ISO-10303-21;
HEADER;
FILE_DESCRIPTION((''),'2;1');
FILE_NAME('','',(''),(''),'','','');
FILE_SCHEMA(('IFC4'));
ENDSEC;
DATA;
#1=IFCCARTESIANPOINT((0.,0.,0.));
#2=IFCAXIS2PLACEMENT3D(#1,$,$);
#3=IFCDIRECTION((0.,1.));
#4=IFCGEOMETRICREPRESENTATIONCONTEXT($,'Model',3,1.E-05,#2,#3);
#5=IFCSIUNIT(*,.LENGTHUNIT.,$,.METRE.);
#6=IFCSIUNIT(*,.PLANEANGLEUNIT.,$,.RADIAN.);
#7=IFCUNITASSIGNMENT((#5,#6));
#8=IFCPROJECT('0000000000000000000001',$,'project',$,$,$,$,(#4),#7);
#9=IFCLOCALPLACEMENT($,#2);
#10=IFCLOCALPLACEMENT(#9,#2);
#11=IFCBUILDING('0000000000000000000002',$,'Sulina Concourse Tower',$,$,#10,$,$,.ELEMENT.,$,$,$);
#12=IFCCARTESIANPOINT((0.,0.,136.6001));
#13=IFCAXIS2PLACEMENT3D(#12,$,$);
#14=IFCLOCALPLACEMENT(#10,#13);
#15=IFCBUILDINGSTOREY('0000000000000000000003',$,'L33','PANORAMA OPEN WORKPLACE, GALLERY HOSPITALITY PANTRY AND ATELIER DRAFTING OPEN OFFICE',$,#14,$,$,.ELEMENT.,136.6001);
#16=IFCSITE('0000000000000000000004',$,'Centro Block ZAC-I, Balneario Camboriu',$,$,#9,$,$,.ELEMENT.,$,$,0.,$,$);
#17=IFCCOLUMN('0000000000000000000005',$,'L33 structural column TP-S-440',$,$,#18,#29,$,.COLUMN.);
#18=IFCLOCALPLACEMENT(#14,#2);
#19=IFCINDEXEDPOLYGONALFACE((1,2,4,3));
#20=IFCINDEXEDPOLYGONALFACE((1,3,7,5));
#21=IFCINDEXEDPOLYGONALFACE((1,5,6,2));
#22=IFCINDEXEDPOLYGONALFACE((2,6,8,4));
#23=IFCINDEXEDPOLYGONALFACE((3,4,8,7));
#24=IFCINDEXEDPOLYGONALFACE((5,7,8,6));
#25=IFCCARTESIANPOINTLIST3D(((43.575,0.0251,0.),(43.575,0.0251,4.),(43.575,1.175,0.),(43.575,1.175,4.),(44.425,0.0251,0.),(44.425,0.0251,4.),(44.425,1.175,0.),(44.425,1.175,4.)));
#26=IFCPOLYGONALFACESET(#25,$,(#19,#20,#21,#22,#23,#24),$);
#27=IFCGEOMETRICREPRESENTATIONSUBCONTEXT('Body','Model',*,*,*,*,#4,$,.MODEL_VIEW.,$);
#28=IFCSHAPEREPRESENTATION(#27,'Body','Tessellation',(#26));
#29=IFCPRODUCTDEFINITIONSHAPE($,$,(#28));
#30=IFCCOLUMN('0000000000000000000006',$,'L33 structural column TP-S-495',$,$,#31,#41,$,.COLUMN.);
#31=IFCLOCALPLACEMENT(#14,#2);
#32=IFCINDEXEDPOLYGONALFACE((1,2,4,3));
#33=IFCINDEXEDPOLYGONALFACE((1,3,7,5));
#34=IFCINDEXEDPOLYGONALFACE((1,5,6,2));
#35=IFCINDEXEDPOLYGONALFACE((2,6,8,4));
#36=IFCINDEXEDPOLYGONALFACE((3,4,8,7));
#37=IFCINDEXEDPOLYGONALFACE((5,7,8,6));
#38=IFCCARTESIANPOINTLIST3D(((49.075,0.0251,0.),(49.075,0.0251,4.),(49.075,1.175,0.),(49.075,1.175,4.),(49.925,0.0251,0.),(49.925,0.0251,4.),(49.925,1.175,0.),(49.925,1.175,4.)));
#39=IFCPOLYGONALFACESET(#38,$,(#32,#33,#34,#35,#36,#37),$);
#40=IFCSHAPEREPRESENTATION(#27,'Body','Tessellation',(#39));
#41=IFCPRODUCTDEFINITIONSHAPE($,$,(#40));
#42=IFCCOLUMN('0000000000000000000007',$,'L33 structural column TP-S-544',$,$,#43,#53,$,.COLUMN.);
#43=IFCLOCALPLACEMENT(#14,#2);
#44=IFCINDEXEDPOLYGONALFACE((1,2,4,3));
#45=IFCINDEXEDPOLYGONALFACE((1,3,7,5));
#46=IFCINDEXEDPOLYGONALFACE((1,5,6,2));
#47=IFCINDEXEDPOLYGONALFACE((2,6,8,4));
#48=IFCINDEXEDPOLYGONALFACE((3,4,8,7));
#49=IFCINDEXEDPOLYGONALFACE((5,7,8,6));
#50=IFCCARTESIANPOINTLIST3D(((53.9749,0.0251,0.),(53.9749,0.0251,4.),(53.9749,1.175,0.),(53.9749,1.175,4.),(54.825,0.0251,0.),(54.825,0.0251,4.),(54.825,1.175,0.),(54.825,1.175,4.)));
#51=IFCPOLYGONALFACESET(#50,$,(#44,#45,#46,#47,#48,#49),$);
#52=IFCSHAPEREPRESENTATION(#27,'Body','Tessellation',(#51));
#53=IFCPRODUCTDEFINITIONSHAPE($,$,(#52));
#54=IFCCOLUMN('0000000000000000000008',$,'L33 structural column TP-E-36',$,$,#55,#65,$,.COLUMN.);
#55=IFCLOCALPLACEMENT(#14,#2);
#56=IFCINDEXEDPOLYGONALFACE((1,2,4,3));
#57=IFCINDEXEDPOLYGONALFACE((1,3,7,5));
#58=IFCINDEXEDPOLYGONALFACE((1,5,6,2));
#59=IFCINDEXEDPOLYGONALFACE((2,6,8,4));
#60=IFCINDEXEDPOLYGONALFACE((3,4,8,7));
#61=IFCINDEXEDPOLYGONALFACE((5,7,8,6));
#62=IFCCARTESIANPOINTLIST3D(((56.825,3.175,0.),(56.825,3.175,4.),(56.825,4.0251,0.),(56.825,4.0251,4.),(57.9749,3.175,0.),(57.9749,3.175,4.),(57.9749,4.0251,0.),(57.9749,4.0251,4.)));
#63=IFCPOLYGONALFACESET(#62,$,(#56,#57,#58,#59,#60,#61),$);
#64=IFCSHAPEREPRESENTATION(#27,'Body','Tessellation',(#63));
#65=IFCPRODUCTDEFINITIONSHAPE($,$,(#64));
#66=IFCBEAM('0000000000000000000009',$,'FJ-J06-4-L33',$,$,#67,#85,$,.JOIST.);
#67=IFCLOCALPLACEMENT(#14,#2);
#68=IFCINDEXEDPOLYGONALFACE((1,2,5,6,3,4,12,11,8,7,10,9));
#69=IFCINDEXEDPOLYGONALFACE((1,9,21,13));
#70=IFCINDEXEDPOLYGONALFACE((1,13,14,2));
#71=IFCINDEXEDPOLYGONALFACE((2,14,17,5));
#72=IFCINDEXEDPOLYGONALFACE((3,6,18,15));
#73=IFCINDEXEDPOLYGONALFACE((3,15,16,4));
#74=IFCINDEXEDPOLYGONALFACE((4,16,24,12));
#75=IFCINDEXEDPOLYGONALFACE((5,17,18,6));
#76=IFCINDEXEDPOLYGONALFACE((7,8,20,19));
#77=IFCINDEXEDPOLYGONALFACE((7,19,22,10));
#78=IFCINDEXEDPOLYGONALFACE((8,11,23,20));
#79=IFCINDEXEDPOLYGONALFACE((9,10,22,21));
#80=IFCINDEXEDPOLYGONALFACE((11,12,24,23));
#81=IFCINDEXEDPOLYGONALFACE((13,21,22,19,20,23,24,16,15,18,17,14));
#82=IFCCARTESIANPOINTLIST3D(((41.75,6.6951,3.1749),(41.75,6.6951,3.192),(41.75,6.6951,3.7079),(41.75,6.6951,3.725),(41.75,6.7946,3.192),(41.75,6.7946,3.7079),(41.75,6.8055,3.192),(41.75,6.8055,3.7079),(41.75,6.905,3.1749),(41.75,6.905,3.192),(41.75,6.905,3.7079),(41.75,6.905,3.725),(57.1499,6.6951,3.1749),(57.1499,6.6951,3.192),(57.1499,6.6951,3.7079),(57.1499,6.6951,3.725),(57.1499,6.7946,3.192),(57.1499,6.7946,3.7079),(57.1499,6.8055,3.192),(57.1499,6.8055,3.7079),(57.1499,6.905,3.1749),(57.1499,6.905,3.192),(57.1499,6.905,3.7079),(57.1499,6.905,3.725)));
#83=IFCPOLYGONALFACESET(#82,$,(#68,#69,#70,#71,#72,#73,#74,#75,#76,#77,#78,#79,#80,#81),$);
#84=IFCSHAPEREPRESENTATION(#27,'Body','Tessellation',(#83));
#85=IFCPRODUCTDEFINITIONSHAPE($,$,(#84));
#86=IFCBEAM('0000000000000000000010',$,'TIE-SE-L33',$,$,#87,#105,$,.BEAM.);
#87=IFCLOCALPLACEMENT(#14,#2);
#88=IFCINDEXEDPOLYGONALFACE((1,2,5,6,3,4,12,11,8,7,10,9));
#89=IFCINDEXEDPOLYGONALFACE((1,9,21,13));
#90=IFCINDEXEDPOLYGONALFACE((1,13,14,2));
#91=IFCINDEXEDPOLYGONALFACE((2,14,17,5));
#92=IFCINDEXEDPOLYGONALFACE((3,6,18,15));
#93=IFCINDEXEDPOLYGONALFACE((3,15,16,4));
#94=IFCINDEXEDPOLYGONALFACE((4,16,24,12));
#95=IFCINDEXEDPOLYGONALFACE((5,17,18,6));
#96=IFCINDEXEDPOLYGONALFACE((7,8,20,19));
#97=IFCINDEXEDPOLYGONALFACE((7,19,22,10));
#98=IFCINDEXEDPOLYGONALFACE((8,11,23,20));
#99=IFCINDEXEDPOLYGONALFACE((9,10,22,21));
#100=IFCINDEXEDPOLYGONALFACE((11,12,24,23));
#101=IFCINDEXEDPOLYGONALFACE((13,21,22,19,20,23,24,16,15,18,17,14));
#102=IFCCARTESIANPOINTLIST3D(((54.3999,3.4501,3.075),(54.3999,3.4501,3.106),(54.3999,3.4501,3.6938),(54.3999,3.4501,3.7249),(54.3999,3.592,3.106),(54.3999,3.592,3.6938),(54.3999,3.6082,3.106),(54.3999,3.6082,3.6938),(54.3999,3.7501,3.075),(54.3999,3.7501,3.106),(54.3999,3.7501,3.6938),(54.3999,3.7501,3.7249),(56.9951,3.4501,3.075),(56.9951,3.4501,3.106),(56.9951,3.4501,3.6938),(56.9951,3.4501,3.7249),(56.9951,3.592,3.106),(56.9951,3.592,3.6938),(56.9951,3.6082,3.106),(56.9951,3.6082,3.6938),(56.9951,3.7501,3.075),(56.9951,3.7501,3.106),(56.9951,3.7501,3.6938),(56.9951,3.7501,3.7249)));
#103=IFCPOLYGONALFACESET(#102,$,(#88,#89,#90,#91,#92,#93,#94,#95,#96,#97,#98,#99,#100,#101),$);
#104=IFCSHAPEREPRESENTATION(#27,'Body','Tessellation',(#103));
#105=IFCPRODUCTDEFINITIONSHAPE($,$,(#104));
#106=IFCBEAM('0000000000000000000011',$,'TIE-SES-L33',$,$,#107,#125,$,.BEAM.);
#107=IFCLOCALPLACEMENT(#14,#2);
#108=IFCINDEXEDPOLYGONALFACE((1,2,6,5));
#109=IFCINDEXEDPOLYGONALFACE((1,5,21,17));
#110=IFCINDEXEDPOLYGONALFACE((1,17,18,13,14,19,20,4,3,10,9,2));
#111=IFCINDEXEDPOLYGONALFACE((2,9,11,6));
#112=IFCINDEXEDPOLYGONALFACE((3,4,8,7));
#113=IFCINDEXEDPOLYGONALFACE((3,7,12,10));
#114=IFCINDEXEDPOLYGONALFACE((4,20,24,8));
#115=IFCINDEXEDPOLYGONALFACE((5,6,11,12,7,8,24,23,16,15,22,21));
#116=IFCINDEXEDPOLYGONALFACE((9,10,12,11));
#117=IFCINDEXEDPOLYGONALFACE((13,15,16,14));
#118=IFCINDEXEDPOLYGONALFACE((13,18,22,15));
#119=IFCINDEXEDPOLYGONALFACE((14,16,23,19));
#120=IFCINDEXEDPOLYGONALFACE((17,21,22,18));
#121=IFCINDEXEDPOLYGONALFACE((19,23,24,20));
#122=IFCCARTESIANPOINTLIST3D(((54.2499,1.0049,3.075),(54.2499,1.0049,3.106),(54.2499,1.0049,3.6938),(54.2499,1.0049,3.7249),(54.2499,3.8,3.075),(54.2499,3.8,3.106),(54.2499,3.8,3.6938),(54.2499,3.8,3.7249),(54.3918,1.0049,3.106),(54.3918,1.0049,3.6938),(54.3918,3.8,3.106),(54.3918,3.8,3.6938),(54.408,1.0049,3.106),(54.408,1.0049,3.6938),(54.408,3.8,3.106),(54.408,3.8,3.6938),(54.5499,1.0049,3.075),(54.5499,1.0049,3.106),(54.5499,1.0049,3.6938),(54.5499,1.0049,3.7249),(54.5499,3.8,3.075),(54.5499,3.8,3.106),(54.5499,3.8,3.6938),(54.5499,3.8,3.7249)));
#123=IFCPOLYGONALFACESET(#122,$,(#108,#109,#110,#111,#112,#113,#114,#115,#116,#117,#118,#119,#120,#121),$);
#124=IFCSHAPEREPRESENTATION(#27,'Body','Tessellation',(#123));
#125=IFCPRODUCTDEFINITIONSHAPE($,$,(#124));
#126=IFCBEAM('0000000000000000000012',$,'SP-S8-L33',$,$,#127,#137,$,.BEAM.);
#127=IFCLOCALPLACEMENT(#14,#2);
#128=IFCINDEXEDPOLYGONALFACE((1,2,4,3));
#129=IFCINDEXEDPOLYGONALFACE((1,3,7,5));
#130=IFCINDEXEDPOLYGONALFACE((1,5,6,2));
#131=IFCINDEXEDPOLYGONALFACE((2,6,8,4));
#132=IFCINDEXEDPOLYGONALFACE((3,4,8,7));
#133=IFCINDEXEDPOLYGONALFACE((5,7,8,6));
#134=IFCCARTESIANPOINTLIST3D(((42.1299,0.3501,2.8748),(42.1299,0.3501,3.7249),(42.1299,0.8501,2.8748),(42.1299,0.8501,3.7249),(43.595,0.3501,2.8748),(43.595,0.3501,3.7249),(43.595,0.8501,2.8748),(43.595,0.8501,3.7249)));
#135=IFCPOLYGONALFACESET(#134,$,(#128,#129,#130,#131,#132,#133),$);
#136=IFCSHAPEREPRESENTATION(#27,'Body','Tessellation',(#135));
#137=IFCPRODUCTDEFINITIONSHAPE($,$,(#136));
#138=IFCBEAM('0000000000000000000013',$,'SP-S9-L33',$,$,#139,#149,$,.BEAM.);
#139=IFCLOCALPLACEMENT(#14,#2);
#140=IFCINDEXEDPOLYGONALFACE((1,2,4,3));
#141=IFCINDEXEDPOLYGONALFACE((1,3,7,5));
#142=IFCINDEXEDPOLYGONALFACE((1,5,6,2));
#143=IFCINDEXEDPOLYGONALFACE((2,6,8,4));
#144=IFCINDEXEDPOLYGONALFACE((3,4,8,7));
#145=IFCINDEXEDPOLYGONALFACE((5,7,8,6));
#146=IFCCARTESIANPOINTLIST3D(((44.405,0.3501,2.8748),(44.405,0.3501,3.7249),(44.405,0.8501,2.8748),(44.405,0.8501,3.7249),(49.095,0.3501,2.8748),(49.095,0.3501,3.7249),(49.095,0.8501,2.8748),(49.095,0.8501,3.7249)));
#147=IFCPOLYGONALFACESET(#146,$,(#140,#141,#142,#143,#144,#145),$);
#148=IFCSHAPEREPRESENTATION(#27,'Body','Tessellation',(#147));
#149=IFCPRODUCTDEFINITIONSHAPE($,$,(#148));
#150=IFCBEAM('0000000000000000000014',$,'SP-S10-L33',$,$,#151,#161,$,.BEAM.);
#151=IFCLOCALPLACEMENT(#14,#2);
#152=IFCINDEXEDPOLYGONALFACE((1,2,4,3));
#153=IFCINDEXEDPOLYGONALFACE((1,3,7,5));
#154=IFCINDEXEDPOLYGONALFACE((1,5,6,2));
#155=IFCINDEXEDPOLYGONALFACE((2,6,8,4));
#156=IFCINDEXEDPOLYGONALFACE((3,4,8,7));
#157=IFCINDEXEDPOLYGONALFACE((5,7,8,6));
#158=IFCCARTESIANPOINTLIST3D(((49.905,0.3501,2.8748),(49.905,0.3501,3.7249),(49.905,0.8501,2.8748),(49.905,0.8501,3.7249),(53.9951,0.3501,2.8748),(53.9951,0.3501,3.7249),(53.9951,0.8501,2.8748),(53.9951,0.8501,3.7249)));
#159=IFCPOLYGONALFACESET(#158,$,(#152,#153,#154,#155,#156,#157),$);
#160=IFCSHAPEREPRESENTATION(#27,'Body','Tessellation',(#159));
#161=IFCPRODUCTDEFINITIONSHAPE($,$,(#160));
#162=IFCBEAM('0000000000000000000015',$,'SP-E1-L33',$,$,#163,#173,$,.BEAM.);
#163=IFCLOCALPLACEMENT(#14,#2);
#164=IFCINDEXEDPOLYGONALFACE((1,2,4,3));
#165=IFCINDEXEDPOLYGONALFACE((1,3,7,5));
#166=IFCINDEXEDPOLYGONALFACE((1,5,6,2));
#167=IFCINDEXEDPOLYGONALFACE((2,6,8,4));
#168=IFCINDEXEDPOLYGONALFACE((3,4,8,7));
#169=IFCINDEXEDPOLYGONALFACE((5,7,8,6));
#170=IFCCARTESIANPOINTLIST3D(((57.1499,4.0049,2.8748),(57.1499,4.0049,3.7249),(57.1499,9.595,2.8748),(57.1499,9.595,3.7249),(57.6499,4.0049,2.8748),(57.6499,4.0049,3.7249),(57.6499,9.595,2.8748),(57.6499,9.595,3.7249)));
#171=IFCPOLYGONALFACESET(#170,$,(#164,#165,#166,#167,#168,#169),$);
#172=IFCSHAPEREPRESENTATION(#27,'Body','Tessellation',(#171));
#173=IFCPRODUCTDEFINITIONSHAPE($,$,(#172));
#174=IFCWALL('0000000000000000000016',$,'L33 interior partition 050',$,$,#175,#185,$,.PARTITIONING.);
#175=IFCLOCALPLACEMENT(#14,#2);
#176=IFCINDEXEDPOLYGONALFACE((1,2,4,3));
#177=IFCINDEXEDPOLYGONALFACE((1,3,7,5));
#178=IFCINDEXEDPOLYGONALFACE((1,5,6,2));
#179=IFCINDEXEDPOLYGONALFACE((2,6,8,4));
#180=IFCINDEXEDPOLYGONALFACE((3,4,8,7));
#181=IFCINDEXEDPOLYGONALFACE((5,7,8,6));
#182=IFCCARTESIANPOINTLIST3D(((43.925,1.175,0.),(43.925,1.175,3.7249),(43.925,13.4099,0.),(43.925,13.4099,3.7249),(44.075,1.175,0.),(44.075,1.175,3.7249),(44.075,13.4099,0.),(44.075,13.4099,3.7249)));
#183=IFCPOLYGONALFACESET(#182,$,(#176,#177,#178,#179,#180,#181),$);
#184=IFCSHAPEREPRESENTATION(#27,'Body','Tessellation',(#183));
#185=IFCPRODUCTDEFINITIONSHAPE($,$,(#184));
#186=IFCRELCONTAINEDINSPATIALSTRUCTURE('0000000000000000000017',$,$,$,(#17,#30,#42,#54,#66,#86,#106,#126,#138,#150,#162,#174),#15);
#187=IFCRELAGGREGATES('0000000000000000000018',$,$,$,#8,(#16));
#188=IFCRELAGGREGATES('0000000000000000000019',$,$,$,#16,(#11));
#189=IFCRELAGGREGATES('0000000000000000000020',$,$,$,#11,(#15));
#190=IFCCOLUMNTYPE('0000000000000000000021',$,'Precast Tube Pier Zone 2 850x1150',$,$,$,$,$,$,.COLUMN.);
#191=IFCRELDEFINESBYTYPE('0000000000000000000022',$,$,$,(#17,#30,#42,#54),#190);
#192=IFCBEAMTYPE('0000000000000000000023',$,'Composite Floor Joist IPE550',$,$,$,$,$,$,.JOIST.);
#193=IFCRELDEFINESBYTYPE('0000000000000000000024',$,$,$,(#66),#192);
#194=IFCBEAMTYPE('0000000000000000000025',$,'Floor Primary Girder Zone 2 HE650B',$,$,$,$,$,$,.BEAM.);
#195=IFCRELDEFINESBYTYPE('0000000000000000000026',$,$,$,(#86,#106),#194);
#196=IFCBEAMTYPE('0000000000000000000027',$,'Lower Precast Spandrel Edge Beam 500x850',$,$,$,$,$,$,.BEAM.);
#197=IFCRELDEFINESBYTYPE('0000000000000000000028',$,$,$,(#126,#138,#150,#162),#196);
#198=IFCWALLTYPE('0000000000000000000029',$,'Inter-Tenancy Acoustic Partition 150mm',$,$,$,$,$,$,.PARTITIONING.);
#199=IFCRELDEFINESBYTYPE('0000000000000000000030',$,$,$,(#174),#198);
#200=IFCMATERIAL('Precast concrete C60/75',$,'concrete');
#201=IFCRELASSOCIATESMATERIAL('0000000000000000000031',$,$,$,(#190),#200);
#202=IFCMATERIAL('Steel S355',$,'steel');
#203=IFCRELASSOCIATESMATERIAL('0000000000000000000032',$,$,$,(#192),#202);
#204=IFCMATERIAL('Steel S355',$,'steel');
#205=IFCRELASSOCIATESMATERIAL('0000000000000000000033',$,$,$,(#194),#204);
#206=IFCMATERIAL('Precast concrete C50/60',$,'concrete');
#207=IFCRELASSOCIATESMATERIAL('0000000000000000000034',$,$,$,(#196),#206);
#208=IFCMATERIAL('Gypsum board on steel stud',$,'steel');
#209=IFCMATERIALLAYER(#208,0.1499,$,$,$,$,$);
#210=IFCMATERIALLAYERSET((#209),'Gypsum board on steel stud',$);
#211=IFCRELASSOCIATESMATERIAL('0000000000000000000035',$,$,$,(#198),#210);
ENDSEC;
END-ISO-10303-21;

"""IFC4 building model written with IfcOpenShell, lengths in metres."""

from ifc_helpers import new_model, si_unit, direction, frame, frame_2d, origin, origin_2d, place, context, subcontext, project, spatial, rectangle, i_section, extrude, material, layer, layer_set, material_profile, profile_set, type_object, element, save


model = new_model("IFC4")

# Units and contexts
model_context = context("Model", 3, precision=1e-05, world=origin(), true_north=direction((0.0, 1.0)))
body_context = subcontext(model_context, "Body", "Model", "MODEL_VIEW")
ifc_project = project(units=[si_unit("LENGTHUNIT", "METRE"), si_unit("PLANEANGLEUNIT", "RADIAN")], contexts=[model_context])

# Site, building, storey
site_placement = place(None, origin())
site = spatial("IfcSite", under=ifc_project, at=site_placement, Name="Centro Block ZAC-I, Balneario Camboriu", CompositionType="ELEMENT", RefElevation=0.0)
building_placement = place(site_placement, origin())
building = spatial("IfcBuilding", under=site, at=building_placement, Name="Sulina Concourse Tower", CompositionType="ELEMENT")
storey_placement = place(building_placement, frame((0.0, 0.0, 136.6001)))
storey = spatial("IfcBuildingStorey", under=building, at=storey_placement, Name="L33", Description="PANORAMA OPEN WORKPLACE, GALLERY HOSPITALITY PANTRY AND ATELIER DRAFTING OPEN OFFICE", CompositionType="ELEMENT", Elevation=136.6001)

# Columns
ifc_material_1 = material(Name="Precast concrete C60/75", Category="concrete")
ifc_material_profile_1 = material_profile(ifc_material_1, rectangle(XDim=0.8501, YDim=1.1499, at=origin_2d()), Name="PC 850x1150")
ifc_profile_set_1 = profile_set([ifc_material_profile_1], Name="Precast concrete C60/75")
column_type = type_object("IfcColumnType", Name="Precast Tube Pier Zone 2 850x1150", PredefinedType="COLUMN", material=ifc_profile_set_1)
for number, where, z_axis, x_axis, name in (
    (1, (44.0, 0.6001, 0.0), (0.0, 0.0, 1.0), (1.0, 0.0, 0.0), "L33 structural column TP-S-440"),
    (2, (49.5, 0.6001, 0.0), (0.0, 0.0, 1.0), (1.0, 0.0, 0.0), "L33 structural column TP-S-495"),
    (3, (54.3999, 0.6001, 0.0), (0.0, 0.0, 1.0), (1.0, 0.0, 0.0), "L33 structural column TP-S-544"),
    (4, (57.3999, 3.6001, 0.0), (0.0, 0.0, 1.0), (0.0, 1.0, 0.0), "L33 structural column TP-E-36"),
):
    element("IfcColumn", number, at=place(storey_placement, frame(where, z_axis=z_axis, x_axis=x_axis)), inside=storey, type_object=column_type, Name=name, PredefinedType="COLUMN", context=body_context, shape_type="SweptSolid", body=[
        extrude(rectangle(XDim=0.8501, YDim=1.1499, at=origin_2d()), origin(), (0.0, 0.0, 1.0), 4.0),
    ])

# Beams
ifc_material_2 = material(Name="Steel S355", Category="steel")
ifc_material_profile_2 = material_profile(ifc_material_2, i_section(OverallWidth=0.21, OverallDepth=0.55, WebThickness=0.011, FlangeThickness=0.0171, at=origin_2d()), Name="IPE 550")
ifc_profile_set_2 = profile_set([ifc_material_profile_2], Name="Steel S355")
beam_type_1 = type_object("IfcBeamType", Name="Composite Floor Joist IPE550", PredefinedType="JOIST", material=ifc_profile_set_2)
beam_1_placement = place(storey_placement, frame((41.75, 6.8, 3.45), z_axis=(1.0, 0.0, 0.0), x_axis=(0.0, 1.0, 0.0)))
element("IfcBeam", 5, at=beam_1_placement, inside=storey, type_object=beam_type_1, Name="FJ-J06-4-L33", PredefinedType="JOIST", context=body_context, shape_type="SweptSolid", body=[
    extrude(i_section(OverallWidth=0.21, OverallDepth=0.55, WebThickness=0.011, FlangeThickness=0.0171, at=origin_2d()), origin(), (0.0, 0.0, 1.0), 15.3999),
])
ifc_material_3 = material(Name="Steel S355", Category="steel")
ifc_material_profile_3 = material_profile(ifc_material_3, i_section(OverallWidth=0.3, OverallDepth=0.6499, WebThickness=0.0161, FlangeThickness=0.031, at=origin_2d()), Name="HE 650 B")
ifc_profile_set_3 = profile_set([ifc_material_profile_3], Name="Steel S355")
beam_type_2 = type_object("IfcBeamType", Name="Floor Primary Girder Zone 2 HE650B", PredefinedType="BEAM", material=ifc_profile_set_3)
beam_2_placement = place(storey_placement, frame((54.3999, 3.6001, 3.3999), z_axis=(1.0, 0.0, 0.0), x_axis=(0.0, 1.0, 0.0)))
element("IfcBeam", 6, at=beam_2_placement, inside=storey, type_object=beam_type_2, Name="TIE-SE-L33", PredefinedType="BEAM", context=body_context, shape_type="SweptSolid", body=[
    extrude(i_section(OverallWidth=0.3, OverallDepth=0.6499, WebThickness=0.0161, FlangeThickness=0.031, at=origin_2d()), origin(), (0.0, 0.0, 1.0), 2.5952),
])
beam_3_placement = place(storey_placement, frame((54.3999, 1.0049, 3.3999), z_axis=(0.0, 1.0, 0.0), x_axis=(-1.0, 0.0, 0.0)))
element("IfcBeam", 7, at=beam_3_placement, inside=storey, type_object=beam_type_2, Name="TIE-SES-L33", PredefinedType="BEAM", context=body_context, shape_type="SweptSolid", body=[
    extrude(i_section(OverallWidth=0.3, OverallDepth=0.6499, WebThickness=0.0161, FlangeThickness=0.031, at=origin_2d()), origin(), (0.0, 0.0, 1.0), 2.7952),
])
ifc_material_4 = material(Name="Precast concrete C50/60", Category="concrete")
ifc_material_profile_4 = material_profile(ifc_material_4, rectangle(XDim=0.5, YDim=0.8501, at=origin_2d()), Name="RC 500x850")
ifc_profile_set_4 = profile_set([ifc_material_profile_4], Name="Precast concrete C50/60")
beam_type_3 = type_object("IfcBeamType", Name="Lower Precast Spandrel Edge Beam 500x850", PredefinedType="BEAM", material=ifc_profile_set_4)
beam_4_placement = place(storey_placement, frame((42.1299, 0.6001, 3.2998), z_axis=(1.0, 0.0, 0.0), x_axis=(0.0, 1.0, 0.0)))
element("IfcBeam", 8, at=beam_4_placement, inside=storey, type_object=beam_type_3, Name="SP-S8-L33", PredefinedType="BEAM", context=body_context, shape_type="SweptSolid", body=[
    extrude(rectangle(XDim=0.5, YDim=0.8501, at=origin_2d()), origin(), (0.0, 0.0, 1.0), 1.4651),
])
beam_5_placement = place(storey_placement, frame((44.405, 0.6001, 3.2998), z_axis=(1.0, 0.0, 0.0), x_axis=(0.0, 1.0, 0.0)))
element("IfcBeam", 9, at=beam_5_placement, inside=storey, type_object=beam_type_3, Name="SP-S9-L33", PredefinedType="BEAM", context=body_context, shape_type="SweptSolid", body=[
    extrude(rectangle(XDim=0.5, YDim=0.8501, at=origin_2d()), origin(), (0.0, 0.0, 1.0), 4.6899),
])
beam_6_placement = place(storey_placement, frame((49.905, 0.6001, 3.2998), z_axis=(1.0, 0.0, 0.0), x_axis=(0.0, 1.0, 0.0)))
element("IfcBeam", 10, at=beam_6_placement, inside=storey, type_object=beam_type_3, Name="SP-S10-L33", PredefinedType="BEAM", context=body_context, shape_type="SweptSolid", body=[
    extrude(rectangle(XDim=0.5, YDim=0.8501, at=origin_2d()), origin(), (0.0, 0.0, 1.0), 4.0901),
])
beam_7_placement = place(storey_placement, frame((57.3999, 4.0049, 3.2998), z_axis=(0.0, 1.0, 0.0), x_axis=(-1.0, 0.0, 0.0)))
element("IfcBeam", 11, at=beam_7_placement, inside=storey, type_object=beam_type_3, Name="SP-E1-L33", PredefinedType="BEAM", context=body_context, shape_type="SweptSolid", body=[
    extrude(rectangle(XDim=0.5, YDim=0.8501, at=origin_2d()), origin(), (0.0, 0.0, 1.0), 5.5901),
])

# Wall
ifc_material_5 = material(Name="Gypsum board on steel stud", Category="steel")
ifc_layer_1 = layer(ifc_material_5, 0.1499)
ifc_layer_set_1 = layer_set([ifc_layer_1], Name="Gypsum board on steel stud")
wall_type_1 = type_object("IfcWallType", Name="Inter-Tenancy Acoustic Partition 150mm", PredefinedType="PARTITIONING", material=ifc_layer_set_1)
wall_1_placement = place(storey_placement, frame((44.0, 1.175, 0.0), z_axis=(0.0, 0.0, 1.0), x_axis=(0.0, 1.0, 0.0)))
element("IfcWall", 12, at=wall_1_placement, inside=storey, type_object=wall_type_1, Name="L33 interior partition 050", PredefinedType="PARTITIONING", context=body_context, shape_type="SweptSolid", body=[
    extrude(rectangle(XDim=12.2349, YDim=0.1499, at=frame_2d((6.1174, 0.0))), origin(), (0.0, 0.0, 1.0), 3.7249),
])

save(model, "model.ifc")
